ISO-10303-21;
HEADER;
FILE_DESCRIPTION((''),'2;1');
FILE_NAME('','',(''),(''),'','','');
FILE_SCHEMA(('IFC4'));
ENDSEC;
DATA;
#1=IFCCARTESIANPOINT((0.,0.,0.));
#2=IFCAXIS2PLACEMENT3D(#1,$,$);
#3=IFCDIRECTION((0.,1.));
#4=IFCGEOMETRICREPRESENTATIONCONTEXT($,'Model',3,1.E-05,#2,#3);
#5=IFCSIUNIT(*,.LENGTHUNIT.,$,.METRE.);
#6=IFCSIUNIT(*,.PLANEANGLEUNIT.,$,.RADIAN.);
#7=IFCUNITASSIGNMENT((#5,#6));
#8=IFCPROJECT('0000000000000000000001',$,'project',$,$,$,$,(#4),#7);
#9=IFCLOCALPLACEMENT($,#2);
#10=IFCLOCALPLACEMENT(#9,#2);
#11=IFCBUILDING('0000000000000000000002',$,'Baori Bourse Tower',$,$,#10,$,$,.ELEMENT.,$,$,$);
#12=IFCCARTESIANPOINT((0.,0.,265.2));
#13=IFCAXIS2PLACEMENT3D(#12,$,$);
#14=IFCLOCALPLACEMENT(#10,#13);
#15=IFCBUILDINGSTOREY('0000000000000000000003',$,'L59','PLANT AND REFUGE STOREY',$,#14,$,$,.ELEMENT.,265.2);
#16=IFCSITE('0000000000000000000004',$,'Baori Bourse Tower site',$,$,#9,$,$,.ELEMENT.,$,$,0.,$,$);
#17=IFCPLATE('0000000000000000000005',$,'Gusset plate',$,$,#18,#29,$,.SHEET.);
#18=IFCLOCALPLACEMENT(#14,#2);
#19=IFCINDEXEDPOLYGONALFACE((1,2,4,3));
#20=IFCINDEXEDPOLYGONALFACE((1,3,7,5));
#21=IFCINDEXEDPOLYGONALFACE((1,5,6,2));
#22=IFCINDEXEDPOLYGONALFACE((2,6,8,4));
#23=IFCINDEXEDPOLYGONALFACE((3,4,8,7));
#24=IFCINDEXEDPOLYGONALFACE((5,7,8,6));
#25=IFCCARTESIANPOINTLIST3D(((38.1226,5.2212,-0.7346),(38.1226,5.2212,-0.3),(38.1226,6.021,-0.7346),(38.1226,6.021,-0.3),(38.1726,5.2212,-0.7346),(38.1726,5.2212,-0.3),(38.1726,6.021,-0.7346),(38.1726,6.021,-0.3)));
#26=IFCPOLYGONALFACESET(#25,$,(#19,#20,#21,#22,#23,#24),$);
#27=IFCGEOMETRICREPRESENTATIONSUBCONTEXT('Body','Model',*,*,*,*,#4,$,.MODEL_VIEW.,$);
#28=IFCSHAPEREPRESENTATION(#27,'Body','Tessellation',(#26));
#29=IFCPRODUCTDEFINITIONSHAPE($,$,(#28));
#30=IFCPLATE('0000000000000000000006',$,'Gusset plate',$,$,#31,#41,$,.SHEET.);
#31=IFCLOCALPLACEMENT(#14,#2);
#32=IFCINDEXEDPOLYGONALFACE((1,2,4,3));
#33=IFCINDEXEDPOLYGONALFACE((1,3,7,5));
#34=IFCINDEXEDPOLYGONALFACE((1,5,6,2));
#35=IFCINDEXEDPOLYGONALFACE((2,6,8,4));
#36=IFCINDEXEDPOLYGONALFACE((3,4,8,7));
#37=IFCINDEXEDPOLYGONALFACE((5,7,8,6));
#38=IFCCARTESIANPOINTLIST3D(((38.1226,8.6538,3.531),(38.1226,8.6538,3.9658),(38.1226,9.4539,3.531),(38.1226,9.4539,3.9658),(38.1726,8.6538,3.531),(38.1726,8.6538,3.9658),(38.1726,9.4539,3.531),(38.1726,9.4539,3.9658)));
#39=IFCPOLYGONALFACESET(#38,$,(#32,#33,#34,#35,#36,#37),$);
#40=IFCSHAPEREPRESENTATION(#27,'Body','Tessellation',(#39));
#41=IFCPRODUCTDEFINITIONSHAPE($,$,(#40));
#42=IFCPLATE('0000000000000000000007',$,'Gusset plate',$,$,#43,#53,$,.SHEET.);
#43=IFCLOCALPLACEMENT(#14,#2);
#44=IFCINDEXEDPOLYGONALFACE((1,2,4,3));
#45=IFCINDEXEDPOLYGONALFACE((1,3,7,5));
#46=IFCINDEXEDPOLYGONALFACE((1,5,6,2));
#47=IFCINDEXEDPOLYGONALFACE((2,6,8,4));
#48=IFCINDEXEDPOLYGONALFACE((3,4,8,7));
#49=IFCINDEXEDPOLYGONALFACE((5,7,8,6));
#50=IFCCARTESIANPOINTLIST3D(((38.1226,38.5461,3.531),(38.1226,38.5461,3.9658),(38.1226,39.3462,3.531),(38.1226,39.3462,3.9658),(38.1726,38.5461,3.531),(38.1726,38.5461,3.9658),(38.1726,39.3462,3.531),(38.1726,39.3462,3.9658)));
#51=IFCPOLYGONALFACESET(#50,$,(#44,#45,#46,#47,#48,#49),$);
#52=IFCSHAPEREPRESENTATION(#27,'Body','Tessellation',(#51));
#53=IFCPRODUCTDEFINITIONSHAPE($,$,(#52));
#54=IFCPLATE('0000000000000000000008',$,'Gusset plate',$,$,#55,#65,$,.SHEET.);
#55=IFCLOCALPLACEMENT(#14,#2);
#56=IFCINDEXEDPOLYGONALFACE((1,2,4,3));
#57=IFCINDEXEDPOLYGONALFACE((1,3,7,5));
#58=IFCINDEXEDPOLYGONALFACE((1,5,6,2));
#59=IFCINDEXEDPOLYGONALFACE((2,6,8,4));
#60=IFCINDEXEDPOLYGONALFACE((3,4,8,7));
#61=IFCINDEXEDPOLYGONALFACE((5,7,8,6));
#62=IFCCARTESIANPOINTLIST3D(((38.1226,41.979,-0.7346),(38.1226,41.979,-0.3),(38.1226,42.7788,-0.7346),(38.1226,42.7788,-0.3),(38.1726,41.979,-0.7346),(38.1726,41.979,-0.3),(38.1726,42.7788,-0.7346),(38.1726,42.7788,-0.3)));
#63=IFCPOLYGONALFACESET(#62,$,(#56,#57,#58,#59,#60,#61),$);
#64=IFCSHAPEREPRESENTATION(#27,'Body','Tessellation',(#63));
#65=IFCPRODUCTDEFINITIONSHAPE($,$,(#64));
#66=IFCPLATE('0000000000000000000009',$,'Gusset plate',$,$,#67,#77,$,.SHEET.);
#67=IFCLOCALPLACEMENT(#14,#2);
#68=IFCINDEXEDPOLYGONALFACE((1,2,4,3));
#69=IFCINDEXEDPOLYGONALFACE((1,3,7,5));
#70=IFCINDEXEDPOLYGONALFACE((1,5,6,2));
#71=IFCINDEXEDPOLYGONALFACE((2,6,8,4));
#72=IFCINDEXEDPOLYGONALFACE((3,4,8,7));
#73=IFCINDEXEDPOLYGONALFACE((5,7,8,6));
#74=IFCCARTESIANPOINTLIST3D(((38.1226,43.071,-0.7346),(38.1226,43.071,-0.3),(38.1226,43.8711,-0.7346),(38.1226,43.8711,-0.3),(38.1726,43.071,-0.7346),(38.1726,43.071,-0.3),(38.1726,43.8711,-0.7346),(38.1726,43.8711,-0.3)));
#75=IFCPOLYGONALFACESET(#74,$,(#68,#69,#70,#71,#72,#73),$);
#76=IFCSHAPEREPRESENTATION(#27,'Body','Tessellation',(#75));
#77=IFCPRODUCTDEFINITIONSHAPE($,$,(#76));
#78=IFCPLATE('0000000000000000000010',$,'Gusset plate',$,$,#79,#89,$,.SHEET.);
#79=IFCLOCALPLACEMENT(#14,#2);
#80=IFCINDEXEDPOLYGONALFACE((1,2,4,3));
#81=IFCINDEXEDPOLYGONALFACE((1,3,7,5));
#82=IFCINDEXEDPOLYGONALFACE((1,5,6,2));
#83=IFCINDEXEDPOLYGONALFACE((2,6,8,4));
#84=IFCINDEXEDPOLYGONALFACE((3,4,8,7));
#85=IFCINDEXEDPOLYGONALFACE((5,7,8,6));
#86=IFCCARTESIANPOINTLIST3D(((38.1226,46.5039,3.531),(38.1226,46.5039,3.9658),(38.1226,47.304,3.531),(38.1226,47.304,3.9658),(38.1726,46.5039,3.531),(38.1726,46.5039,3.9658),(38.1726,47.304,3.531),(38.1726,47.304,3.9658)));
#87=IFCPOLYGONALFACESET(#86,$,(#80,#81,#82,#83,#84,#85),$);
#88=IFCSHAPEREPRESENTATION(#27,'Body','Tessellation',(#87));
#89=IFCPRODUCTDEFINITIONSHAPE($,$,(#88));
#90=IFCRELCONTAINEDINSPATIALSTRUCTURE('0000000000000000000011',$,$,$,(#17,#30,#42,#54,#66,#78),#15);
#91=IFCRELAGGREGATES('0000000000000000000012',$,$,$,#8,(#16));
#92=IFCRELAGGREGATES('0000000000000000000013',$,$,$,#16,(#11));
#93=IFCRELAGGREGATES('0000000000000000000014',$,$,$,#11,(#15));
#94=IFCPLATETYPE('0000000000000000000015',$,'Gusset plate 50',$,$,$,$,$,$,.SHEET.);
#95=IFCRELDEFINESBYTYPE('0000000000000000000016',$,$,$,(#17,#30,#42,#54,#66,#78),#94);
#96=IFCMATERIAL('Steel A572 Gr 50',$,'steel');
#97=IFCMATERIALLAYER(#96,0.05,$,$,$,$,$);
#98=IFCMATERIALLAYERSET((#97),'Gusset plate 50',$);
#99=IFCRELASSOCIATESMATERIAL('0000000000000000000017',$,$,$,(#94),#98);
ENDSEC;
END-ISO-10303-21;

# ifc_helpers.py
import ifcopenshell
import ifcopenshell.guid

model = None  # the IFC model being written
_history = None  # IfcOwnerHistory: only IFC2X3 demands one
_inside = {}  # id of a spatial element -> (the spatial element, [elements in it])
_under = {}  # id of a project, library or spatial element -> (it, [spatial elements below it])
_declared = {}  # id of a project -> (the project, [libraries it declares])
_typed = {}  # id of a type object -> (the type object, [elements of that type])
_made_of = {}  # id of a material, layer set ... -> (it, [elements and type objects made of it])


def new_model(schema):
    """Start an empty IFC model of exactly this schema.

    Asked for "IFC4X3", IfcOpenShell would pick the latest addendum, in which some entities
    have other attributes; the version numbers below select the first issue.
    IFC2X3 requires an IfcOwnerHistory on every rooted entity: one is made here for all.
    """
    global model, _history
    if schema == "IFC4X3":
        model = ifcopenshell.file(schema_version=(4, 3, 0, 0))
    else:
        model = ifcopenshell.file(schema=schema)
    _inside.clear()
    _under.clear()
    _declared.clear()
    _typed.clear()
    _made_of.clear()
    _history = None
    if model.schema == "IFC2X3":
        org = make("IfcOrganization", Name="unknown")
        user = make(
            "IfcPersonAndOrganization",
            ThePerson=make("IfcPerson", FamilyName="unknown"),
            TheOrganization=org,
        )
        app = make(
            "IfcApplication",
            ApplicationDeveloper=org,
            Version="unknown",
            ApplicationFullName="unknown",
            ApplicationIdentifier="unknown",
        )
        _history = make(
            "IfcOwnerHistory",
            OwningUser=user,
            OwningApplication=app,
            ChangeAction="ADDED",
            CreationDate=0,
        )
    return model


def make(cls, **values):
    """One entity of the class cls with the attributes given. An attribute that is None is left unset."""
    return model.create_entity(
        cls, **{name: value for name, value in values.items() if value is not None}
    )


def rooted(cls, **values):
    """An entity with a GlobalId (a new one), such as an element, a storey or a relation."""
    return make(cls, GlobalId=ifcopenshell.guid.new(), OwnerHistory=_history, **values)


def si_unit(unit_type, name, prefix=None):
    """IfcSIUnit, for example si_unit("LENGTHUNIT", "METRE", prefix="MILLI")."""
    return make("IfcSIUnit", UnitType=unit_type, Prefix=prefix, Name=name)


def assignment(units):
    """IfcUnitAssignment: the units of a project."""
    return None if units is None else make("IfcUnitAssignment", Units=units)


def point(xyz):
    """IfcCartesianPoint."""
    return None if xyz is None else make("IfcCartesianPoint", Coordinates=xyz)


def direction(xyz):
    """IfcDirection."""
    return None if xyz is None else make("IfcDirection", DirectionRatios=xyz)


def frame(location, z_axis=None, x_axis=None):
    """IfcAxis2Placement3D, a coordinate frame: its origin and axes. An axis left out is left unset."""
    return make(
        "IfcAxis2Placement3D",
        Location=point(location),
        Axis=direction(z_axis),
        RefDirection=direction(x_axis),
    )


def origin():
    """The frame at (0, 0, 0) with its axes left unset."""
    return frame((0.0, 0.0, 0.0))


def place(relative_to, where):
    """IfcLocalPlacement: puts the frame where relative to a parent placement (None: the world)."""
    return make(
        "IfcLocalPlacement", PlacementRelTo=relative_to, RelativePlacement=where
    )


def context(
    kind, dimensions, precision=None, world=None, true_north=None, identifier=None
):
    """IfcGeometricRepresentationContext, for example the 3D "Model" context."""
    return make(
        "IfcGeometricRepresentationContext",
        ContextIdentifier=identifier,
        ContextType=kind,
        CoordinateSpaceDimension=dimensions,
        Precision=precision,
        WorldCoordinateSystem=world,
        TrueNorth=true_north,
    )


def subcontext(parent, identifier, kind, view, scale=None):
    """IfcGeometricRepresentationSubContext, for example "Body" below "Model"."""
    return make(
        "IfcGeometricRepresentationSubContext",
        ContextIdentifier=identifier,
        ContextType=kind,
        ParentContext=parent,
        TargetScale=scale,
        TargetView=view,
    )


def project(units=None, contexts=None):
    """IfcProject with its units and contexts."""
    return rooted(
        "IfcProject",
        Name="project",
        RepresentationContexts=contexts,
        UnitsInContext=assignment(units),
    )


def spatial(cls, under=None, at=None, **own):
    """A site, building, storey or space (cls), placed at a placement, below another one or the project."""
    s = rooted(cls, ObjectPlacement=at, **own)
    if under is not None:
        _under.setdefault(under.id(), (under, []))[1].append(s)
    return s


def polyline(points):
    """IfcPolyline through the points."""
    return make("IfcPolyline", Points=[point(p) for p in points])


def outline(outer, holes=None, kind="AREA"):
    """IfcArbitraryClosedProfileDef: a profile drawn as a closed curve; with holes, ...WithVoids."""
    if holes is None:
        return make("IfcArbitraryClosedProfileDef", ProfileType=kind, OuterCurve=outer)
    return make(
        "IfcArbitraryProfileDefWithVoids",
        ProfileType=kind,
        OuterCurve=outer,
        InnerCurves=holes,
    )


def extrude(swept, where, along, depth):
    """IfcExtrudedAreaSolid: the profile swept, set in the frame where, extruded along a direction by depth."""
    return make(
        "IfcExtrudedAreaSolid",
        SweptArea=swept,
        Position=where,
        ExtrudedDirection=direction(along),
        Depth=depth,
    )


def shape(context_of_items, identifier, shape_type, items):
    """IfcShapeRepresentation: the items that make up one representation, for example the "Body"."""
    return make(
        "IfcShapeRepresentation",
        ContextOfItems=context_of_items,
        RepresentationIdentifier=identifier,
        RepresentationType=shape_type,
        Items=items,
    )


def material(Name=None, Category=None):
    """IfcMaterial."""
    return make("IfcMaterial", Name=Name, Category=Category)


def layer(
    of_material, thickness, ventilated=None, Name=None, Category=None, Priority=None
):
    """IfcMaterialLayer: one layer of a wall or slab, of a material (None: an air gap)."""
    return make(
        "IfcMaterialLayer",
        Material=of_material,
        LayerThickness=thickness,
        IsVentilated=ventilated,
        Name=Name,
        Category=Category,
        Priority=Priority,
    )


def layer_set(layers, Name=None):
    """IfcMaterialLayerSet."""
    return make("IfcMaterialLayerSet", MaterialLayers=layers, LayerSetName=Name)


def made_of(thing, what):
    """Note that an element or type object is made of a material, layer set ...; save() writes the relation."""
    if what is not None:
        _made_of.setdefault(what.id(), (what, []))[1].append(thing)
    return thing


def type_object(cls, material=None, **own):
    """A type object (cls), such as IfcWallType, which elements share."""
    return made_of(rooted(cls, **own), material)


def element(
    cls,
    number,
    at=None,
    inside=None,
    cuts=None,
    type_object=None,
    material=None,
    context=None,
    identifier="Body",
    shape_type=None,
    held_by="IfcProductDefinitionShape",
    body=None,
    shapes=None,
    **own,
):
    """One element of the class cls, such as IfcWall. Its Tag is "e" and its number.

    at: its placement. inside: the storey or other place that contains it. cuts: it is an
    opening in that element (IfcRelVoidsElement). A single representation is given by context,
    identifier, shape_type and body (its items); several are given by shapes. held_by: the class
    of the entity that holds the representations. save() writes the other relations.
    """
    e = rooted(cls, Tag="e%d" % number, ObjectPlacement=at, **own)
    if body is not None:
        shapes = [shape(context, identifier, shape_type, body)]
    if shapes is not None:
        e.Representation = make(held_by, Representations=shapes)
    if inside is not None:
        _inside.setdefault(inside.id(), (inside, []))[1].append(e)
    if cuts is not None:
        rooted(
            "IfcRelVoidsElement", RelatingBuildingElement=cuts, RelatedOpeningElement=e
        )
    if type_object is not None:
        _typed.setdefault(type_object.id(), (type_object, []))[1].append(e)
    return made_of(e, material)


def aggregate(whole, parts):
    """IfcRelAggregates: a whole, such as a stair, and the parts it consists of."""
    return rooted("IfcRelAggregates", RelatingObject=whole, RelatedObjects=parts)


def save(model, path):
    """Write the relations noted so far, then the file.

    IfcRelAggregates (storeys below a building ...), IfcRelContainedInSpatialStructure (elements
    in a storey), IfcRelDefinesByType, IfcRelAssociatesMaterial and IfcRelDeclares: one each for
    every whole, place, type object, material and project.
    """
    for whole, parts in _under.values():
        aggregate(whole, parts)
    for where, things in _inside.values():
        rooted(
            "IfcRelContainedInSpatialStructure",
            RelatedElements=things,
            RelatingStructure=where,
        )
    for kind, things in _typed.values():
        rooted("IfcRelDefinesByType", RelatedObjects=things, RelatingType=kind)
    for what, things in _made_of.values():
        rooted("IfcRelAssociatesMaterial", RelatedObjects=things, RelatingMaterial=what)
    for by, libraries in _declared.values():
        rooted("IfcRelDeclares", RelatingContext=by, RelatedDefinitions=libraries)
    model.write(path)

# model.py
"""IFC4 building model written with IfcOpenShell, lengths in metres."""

from ifc_helpers import new_model, si_unit, direction, frame, origin, place, context, subcontext, project, spatial, polyline, outline, extrude, material, layer, layer_set, type_object, element, save


model = new_model("IFC4")

# Units and contexts
model_context = context("Model", 3, precision=1e-05, world=origin(), true_north=direction((0.0, 1.0)))
body_context = subcontext(model_context, "Body", "Model", "MODEL_VIEW")
ifc_project = project(units=[si_unit("LENGTHUNIT", "METRE"), si_unit("PLANEANGLEUNIT", "RADIAN")], contexts=[model_context])

# Site, building, storey
site_placement = place(None, origin())
site = spatial("IfcSite", under=ifc_project, at=site_placement, Name="Baori Bourse Tower site", CompositionType="ELEMENT", RefElevation=0.0)
building_placement = place(site_placement, origin())
building = spatial("IfcBuilding", under=site, at=building_placement, Name="Baori Bourse Tower", CompositionType="ELEMENT")
storey_placement = place(building_placement, frame((0.0, 0.0, 265.2)))
storey = spatial("IfcBuildingStorey", under=building, at=storey_placement, Name="L59", Description="PLANT AND REFUGE STOREY", CompositionType="ELEMENT", Elevation=265.2)

# Plates
ifc_material_1 = material(Name="Steel A572 Gr 50", Category="steel")
ifc_layer_1 = layer(ifc_material_1, 0.05)
ifc_layer_set_1 = layer_set([ifc_layer_1], Name="Gusset plate 50")
plate_type_1 = type_object("IfcPlateType", Name="Gusset plate 50", PredefinedType="SHEET", material=ifc_layer_set_1)
plate_1_placement = place(storey_placement, frame((0.0, 0.0, -0.7346)))
element("IfcPlate", 1, at=plate_1_placement, inside=storey, type_object=plate_type_1, Name="Gusset plate", PredefinedType="SHEET", context=body_context, shape_type="SweptSolid", body=[
    extrude(outline(polyline([(38.1226, 5.2212), (38.1726, 5.2212), (38.1726, 6.021), (38.1226, 6.021), (38.1226, 5.2212)])), origin(), (0.0, 0.0, 1.0), 0.4346),
])
plate_2_placement = place(storey_placement, frame((0.0, 0.0, 3.531)))
element("IfcPlate", 2, at=plate_2_placement, inside=storey, type_object=plate_type_1, Name="Gusset plate", PredefinedType="SHEET", context=body_context, shape_type="SweptSolid", body=[
    extrude(outline(polyline([(38.1226, 8.6538), (38.1726, 8.6538), (38.1726, 9.4539), (38.1226, 9.4539), (38.1226, 8.6538)])), origin(), (0.0, 0.0, 1.0), 0.4348),
])
plate_3_placement = place(storey_placement, frame((0.0, 0.0, 3.531)))
element("IfcPlate", 3, at=plate_3_placement, inside=storey, type_object=plate_type_1, Name="Gusset plate", PredefinedType="SHEET", context=body_context, shape_type="SweptSolid", body=[
    extrude(outline(polyline([(38.1226, 38.5461), (38.1726, 38.5461), (38.1726, 39.3462), (38.1226, 39.3462), (38.1226, 38.5461)])), origin(), (0.0, 0.0, 1.0), 0.4348),
])
plate_4_placement = place(storey_placement, frame((0.0, 0.0, -0.7346)))
element("IfcPlate", 4, at=plate_4_placement, inside=storey, type_object=plate_type_1, Name="Gusset plate", PredefinedType="SHEET", context=body_context, shape_type="SweptSolid", body=[
    extrude(outline(polyline([(38.1226, 41.979), (38.1726, 41.979), (38.1726, 42.7788), (38.1226, 42.7788), (38.1226, 41.979)])), origin(), (0.0, 0.0, 1.0), 0.4346),
])
plate_5_placement = place(storey_placement, frame((0.0, 0.0, -0.7346)))
element("IfcPlate", 5, at=plate_5_placement, inside=storey, type_object=plate_type_1, Name="Gusset plate", PredefinedType="SHEET", context=body_context, shape_type="SweptSolid", body=[
    extrude(outline(polyline([(38.1226, 43.071), (38.1726, 43.071), (38.1726, 43.8711), (38.1226, 43.8711), (38.1226, 43.071)])), origin(), (0.0, 0.0, 1.0), 0.4346),
])
plate_6_placement = place(storey_placement, frame((0.0, 0.0, 3.531)))
element("IfcPlate", 6, at=plate_6_placement, inside=storey, type_object=plate_type_1, Name="Gusset plate", PredefinedType="SHEET", context=body_context, shape_type="SweptSolid", body=[
    extrude(outline(polyline([(38.1226, 46.5039), (38.1726, 46.5039), (38.1726, 47.304), (38.1226, 47.304), (38.1226, 46.5039)])), origin(), (0.0, 0.0, 1.0), 0.4348),
])

save(model, "model.ifc")
